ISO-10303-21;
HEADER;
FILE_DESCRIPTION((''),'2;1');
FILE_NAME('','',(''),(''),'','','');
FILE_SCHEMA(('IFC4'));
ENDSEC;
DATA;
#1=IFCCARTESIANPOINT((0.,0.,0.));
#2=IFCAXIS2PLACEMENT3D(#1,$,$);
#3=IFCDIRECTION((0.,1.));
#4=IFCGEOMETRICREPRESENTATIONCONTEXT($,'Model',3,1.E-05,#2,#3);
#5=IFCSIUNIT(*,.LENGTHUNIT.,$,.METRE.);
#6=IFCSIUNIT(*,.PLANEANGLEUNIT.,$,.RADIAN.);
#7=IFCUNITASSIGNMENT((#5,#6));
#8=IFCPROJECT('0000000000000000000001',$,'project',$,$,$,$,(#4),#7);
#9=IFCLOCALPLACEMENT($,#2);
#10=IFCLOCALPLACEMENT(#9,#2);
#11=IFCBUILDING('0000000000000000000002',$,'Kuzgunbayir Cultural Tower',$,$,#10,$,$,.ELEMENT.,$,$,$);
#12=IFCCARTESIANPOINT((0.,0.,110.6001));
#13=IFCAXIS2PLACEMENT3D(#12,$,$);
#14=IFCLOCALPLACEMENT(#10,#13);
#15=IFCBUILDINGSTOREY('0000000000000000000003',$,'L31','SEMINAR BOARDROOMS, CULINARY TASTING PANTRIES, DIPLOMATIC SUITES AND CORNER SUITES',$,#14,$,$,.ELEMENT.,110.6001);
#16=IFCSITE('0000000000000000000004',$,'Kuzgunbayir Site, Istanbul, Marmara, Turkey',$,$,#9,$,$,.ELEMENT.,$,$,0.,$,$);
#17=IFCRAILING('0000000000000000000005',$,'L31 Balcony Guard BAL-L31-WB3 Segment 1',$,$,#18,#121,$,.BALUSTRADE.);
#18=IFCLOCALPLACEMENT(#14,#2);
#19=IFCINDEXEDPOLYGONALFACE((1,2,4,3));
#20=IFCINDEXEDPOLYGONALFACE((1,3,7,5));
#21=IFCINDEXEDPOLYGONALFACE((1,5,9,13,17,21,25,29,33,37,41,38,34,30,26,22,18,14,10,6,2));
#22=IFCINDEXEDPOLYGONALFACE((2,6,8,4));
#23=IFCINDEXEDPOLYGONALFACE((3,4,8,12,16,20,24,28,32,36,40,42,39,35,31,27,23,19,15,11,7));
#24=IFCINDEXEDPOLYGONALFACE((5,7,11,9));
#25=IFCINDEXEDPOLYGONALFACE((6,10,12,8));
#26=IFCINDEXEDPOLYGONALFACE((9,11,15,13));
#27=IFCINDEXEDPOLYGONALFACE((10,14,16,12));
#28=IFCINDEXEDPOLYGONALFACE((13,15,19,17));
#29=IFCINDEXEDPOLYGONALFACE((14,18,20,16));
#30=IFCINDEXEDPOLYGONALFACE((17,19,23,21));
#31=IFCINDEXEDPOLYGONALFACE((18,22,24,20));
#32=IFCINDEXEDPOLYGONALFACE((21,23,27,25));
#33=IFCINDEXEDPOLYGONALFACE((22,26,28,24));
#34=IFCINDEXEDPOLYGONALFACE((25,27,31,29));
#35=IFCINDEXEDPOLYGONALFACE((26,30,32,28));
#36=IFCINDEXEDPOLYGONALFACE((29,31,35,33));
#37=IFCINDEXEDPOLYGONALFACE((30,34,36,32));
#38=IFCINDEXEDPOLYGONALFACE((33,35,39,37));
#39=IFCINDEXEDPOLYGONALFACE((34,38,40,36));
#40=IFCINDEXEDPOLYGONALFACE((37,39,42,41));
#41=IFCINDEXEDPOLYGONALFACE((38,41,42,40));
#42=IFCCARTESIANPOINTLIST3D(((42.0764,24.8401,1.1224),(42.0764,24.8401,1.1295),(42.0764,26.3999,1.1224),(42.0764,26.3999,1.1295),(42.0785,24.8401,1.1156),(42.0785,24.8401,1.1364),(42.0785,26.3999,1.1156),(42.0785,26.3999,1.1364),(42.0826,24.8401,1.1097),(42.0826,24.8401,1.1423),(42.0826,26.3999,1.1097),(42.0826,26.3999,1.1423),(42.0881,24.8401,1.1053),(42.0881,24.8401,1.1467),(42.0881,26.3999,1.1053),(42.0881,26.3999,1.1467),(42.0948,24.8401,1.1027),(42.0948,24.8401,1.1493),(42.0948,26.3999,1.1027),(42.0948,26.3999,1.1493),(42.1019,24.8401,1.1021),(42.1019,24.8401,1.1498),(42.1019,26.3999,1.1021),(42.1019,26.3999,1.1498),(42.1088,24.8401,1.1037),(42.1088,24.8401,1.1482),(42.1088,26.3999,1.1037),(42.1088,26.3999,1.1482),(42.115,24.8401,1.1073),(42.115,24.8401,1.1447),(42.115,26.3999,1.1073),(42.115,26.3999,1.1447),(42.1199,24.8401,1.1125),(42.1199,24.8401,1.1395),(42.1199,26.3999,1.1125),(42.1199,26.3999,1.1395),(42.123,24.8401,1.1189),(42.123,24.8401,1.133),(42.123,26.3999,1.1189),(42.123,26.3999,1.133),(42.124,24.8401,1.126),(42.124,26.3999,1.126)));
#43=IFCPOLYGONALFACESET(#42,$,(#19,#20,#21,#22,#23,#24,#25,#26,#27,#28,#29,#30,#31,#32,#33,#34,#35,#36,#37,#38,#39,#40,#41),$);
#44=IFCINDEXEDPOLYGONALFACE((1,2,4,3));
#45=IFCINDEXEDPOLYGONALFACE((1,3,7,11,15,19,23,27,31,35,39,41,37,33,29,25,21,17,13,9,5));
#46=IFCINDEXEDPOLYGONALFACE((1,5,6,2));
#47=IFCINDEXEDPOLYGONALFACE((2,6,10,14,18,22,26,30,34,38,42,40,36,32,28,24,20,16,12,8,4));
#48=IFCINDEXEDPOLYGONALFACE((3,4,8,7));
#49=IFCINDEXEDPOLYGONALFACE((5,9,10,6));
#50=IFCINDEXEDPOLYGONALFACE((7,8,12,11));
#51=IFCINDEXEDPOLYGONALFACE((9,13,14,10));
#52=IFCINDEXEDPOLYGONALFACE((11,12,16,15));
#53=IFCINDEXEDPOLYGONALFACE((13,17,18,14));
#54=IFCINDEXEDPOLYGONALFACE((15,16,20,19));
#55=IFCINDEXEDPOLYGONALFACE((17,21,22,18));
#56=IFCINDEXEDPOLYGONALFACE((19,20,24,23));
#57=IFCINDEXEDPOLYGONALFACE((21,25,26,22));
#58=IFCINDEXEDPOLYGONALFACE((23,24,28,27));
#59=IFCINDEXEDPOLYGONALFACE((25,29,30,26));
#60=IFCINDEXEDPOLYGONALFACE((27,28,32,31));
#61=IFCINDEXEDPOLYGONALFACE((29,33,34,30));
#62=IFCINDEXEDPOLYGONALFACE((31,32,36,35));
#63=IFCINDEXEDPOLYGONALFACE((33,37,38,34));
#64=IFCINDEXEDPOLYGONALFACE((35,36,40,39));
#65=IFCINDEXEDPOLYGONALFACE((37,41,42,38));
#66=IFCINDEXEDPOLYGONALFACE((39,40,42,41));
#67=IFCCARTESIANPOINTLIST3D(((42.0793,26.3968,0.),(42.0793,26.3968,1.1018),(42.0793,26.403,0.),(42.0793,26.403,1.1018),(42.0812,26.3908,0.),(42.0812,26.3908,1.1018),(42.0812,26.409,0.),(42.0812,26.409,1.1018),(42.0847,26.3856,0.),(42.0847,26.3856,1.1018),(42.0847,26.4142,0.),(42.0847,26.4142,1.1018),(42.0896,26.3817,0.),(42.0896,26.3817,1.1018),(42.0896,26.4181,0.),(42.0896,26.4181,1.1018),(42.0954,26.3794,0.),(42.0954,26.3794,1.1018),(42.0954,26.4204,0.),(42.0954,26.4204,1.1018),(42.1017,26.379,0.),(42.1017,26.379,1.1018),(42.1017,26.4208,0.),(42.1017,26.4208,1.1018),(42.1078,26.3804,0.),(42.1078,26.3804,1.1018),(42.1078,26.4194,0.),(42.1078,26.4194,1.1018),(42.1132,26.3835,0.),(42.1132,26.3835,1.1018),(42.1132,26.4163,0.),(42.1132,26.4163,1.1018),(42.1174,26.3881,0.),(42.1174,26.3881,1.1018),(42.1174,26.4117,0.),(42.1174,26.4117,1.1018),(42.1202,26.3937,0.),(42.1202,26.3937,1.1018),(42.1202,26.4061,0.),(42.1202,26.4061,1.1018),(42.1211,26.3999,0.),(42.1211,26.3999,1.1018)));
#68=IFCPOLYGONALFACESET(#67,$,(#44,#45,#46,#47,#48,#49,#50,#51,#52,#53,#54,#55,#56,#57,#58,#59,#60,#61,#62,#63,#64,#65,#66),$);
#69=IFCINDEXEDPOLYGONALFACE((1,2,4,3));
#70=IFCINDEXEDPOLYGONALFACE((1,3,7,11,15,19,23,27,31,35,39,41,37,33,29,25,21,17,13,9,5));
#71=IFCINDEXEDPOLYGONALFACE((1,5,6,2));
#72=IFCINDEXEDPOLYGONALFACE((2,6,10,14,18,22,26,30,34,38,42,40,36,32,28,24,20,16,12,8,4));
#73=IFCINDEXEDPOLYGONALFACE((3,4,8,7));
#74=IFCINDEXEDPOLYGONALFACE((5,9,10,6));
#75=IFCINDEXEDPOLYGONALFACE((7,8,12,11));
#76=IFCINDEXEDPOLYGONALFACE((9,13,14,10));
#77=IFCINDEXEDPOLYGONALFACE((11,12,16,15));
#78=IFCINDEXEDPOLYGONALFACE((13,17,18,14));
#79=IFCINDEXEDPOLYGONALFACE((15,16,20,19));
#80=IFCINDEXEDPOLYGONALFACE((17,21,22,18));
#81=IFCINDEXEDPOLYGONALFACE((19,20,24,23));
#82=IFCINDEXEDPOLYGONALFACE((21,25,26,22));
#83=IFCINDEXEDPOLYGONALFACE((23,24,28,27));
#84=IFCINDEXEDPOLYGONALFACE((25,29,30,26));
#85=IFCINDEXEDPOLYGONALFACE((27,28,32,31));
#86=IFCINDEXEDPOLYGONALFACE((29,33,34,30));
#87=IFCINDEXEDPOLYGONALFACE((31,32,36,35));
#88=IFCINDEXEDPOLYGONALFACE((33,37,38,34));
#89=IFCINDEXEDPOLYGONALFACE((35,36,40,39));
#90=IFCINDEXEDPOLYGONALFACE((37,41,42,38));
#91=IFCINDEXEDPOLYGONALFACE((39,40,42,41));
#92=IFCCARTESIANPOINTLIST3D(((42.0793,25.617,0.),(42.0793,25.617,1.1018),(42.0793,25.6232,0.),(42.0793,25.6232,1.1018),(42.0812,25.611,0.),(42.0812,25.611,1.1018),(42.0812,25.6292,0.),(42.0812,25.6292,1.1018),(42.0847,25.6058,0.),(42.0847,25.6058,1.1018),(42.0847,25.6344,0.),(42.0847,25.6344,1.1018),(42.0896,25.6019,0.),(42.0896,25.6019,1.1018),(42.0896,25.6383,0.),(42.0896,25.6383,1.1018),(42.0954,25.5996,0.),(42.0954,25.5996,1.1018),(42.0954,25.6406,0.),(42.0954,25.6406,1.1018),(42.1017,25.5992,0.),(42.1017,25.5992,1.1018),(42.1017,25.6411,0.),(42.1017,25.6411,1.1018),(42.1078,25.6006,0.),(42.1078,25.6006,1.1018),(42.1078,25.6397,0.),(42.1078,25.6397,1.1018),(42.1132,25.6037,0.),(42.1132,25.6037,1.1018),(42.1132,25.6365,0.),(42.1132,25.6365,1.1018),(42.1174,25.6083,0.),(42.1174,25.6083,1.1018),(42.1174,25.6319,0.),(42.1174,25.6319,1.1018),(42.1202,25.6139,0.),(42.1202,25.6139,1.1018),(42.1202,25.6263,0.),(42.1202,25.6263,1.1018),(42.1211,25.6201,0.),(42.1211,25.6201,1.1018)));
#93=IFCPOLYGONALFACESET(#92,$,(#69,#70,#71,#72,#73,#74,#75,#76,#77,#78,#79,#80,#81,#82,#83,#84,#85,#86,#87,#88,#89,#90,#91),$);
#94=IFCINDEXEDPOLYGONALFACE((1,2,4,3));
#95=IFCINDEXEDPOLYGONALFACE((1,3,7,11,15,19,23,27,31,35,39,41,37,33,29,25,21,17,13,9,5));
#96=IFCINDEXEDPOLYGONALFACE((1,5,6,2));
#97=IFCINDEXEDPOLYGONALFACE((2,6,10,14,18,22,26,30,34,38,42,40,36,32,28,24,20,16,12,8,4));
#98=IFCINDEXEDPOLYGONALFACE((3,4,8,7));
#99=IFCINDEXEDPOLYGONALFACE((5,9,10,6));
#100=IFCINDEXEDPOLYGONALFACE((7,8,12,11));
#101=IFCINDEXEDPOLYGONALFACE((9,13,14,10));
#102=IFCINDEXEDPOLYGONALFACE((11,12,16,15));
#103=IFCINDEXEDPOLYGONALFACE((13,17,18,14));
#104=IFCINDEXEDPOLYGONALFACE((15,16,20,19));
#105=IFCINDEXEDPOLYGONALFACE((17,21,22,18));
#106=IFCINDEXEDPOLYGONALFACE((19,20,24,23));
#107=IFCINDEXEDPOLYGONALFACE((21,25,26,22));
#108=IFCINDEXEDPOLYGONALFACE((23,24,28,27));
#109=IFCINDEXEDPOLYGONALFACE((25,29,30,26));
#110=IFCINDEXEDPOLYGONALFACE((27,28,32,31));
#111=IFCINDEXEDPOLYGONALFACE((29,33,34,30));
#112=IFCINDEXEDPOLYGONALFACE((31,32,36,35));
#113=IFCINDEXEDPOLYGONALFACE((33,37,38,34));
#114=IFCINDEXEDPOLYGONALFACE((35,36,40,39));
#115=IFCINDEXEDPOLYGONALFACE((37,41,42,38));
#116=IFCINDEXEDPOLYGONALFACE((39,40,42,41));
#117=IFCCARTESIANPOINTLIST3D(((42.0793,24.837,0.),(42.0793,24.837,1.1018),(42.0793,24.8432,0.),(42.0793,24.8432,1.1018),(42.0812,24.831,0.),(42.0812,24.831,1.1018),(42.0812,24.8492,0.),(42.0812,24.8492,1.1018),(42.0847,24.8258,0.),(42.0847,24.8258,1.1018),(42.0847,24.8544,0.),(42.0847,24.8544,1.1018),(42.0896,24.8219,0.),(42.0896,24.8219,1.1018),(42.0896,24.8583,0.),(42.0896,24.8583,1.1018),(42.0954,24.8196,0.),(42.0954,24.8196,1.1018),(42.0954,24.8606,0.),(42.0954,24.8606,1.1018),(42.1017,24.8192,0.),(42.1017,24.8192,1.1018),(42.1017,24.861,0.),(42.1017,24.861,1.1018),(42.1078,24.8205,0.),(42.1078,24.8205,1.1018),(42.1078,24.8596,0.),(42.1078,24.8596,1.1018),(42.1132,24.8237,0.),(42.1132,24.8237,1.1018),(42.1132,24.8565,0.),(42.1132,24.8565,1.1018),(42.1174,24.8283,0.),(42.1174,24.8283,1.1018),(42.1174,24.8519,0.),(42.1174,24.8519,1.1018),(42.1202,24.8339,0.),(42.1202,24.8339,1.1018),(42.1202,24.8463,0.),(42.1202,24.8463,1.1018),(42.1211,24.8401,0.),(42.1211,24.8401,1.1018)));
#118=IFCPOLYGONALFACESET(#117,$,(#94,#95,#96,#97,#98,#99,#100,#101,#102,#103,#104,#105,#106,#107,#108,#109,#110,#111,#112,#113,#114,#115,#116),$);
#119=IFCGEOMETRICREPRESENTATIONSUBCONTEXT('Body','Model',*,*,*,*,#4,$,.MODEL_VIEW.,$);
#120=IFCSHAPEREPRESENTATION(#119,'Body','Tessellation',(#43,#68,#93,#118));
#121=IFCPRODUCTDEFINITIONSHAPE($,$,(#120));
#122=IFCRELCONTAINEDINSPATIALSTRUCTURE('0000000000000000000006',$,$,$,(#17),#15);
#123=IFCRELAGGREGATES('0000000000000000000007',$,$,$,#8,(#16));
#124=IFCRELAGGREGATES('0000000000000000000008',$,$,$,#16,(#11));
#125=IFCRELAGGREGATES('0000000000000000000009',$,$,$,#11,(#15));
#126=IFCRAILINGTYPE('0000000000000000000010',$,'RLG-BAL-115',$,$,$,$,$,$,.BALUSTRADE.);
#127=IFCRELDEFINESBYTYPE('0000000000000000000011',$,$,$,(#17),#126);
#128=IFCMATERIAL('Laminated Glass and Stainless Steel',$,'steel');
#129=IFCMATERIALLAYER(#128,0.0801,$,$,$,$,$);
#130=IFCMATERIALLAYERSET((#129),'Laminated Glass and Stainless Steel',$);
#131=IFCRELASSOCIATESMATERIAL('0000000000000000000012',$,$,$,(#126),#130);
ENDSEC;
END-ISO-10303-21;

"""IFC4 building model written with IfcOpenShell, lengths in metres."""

from ifc_helpers import new_model, si_unit, direction, frame, origin, origin_2d, place, context, subcontext, project, spatial, circle, extrude, material, layer, layer_set, type_object, element, save


model = new_model("IFC4")

# Units and contexts
model_context = context("Model", 3, precision=1e-05, world=origin(), true_north=direction((0.0, 1.0)))
body_context = subcontext(model_context, "Body", "Model", "MODEL_VIEW")
ifc_project = project(units=[si_unit("LENGTHUNIT", "METRE"), si_unit("PLANEANGLEUNIT", "RADIAN")], contexts=[model_context])

# Site, building, storey
site_placement = place(None, origin())
site = spatial("IfcSite", under=ifc_project, at=site_placement, Name="Kuzgunbayir Site, Istanbul, Marmara, Turkey", CompositionType="ELEMENT", RefElevation=0.0)
building_placement = place(site_placement, origin())
building = spatial("IfcBuilding", under=site, at=building_placement, Name="Kuzgunbayir Cultural Tower", CompositionType="ELEMENT")
storey_placement = place(building_placement, frame((0.0, 0.0, 110.6001)))
storey = spatial("IfcBuildingStorey", under=building, at=storey_placement, Name="L31", Description="SEMINAR BOARDROOMS, CULINARY TASTING PANTRIES, DIPLOMATIC SUITES AND CORNER SUITES", CompositionType="ELEMENT", Elevation=110.6001)

# Railing
ifc_material_1 = material(Name="Laminated Glass and Stainless Steel", Category="steel")
ifc_layer_1 = layer(ifc_material_1, 0.0801)
ifc_layer_set_1 = layer_set([ifc_layer_1], Name="Laminated Glass and Stainless Steel")
railing_type = type_object("IfcRailingType", Name="RLG-BAL-115", PredefinedType="BALUSTRADE", material=ifc_layer_set_1)
railing_1_placement = place(storey_placement, frame((42.1001, 26.3999, 0.0)))
element("IfcRailing", 1, at=railing_1_placement, inside=storey, type_object=railing_type, Name="L31 Balcony Guard BAL-L31-WB3 Segment 1", PredefinedType="BALUSTRADE", context=body_context, shape_type="SweptSolid", body=[
    extrude(circle(Radius=0.0239, at=origin_2d()), frame((0.0, 0.0, 1.126), z_axis=(0.0, -1.0, 0.0), x_axis=(1.0, 0.0, 0.0)), (0.0, 0.0, 1.0), 1.5598),
    extrude(circle(Radius=0.021, at=origin_2d()), origin(), (0.0, 0.0, 1.0), 1.1018),
    extrude(circle(Radius=0.021, at=origin_2d()), frame((0.0, -0.7798, 0.0)), (0.0, 0.0, 1.0), 1.1018),
    extrude(circle(Radius=0.021, at=origin_2d()), frame((0.0, -1.5598, 0.0)), (0.0, 0.0, 1.0), 1.1018),
])

save(model, "model.ifc")
